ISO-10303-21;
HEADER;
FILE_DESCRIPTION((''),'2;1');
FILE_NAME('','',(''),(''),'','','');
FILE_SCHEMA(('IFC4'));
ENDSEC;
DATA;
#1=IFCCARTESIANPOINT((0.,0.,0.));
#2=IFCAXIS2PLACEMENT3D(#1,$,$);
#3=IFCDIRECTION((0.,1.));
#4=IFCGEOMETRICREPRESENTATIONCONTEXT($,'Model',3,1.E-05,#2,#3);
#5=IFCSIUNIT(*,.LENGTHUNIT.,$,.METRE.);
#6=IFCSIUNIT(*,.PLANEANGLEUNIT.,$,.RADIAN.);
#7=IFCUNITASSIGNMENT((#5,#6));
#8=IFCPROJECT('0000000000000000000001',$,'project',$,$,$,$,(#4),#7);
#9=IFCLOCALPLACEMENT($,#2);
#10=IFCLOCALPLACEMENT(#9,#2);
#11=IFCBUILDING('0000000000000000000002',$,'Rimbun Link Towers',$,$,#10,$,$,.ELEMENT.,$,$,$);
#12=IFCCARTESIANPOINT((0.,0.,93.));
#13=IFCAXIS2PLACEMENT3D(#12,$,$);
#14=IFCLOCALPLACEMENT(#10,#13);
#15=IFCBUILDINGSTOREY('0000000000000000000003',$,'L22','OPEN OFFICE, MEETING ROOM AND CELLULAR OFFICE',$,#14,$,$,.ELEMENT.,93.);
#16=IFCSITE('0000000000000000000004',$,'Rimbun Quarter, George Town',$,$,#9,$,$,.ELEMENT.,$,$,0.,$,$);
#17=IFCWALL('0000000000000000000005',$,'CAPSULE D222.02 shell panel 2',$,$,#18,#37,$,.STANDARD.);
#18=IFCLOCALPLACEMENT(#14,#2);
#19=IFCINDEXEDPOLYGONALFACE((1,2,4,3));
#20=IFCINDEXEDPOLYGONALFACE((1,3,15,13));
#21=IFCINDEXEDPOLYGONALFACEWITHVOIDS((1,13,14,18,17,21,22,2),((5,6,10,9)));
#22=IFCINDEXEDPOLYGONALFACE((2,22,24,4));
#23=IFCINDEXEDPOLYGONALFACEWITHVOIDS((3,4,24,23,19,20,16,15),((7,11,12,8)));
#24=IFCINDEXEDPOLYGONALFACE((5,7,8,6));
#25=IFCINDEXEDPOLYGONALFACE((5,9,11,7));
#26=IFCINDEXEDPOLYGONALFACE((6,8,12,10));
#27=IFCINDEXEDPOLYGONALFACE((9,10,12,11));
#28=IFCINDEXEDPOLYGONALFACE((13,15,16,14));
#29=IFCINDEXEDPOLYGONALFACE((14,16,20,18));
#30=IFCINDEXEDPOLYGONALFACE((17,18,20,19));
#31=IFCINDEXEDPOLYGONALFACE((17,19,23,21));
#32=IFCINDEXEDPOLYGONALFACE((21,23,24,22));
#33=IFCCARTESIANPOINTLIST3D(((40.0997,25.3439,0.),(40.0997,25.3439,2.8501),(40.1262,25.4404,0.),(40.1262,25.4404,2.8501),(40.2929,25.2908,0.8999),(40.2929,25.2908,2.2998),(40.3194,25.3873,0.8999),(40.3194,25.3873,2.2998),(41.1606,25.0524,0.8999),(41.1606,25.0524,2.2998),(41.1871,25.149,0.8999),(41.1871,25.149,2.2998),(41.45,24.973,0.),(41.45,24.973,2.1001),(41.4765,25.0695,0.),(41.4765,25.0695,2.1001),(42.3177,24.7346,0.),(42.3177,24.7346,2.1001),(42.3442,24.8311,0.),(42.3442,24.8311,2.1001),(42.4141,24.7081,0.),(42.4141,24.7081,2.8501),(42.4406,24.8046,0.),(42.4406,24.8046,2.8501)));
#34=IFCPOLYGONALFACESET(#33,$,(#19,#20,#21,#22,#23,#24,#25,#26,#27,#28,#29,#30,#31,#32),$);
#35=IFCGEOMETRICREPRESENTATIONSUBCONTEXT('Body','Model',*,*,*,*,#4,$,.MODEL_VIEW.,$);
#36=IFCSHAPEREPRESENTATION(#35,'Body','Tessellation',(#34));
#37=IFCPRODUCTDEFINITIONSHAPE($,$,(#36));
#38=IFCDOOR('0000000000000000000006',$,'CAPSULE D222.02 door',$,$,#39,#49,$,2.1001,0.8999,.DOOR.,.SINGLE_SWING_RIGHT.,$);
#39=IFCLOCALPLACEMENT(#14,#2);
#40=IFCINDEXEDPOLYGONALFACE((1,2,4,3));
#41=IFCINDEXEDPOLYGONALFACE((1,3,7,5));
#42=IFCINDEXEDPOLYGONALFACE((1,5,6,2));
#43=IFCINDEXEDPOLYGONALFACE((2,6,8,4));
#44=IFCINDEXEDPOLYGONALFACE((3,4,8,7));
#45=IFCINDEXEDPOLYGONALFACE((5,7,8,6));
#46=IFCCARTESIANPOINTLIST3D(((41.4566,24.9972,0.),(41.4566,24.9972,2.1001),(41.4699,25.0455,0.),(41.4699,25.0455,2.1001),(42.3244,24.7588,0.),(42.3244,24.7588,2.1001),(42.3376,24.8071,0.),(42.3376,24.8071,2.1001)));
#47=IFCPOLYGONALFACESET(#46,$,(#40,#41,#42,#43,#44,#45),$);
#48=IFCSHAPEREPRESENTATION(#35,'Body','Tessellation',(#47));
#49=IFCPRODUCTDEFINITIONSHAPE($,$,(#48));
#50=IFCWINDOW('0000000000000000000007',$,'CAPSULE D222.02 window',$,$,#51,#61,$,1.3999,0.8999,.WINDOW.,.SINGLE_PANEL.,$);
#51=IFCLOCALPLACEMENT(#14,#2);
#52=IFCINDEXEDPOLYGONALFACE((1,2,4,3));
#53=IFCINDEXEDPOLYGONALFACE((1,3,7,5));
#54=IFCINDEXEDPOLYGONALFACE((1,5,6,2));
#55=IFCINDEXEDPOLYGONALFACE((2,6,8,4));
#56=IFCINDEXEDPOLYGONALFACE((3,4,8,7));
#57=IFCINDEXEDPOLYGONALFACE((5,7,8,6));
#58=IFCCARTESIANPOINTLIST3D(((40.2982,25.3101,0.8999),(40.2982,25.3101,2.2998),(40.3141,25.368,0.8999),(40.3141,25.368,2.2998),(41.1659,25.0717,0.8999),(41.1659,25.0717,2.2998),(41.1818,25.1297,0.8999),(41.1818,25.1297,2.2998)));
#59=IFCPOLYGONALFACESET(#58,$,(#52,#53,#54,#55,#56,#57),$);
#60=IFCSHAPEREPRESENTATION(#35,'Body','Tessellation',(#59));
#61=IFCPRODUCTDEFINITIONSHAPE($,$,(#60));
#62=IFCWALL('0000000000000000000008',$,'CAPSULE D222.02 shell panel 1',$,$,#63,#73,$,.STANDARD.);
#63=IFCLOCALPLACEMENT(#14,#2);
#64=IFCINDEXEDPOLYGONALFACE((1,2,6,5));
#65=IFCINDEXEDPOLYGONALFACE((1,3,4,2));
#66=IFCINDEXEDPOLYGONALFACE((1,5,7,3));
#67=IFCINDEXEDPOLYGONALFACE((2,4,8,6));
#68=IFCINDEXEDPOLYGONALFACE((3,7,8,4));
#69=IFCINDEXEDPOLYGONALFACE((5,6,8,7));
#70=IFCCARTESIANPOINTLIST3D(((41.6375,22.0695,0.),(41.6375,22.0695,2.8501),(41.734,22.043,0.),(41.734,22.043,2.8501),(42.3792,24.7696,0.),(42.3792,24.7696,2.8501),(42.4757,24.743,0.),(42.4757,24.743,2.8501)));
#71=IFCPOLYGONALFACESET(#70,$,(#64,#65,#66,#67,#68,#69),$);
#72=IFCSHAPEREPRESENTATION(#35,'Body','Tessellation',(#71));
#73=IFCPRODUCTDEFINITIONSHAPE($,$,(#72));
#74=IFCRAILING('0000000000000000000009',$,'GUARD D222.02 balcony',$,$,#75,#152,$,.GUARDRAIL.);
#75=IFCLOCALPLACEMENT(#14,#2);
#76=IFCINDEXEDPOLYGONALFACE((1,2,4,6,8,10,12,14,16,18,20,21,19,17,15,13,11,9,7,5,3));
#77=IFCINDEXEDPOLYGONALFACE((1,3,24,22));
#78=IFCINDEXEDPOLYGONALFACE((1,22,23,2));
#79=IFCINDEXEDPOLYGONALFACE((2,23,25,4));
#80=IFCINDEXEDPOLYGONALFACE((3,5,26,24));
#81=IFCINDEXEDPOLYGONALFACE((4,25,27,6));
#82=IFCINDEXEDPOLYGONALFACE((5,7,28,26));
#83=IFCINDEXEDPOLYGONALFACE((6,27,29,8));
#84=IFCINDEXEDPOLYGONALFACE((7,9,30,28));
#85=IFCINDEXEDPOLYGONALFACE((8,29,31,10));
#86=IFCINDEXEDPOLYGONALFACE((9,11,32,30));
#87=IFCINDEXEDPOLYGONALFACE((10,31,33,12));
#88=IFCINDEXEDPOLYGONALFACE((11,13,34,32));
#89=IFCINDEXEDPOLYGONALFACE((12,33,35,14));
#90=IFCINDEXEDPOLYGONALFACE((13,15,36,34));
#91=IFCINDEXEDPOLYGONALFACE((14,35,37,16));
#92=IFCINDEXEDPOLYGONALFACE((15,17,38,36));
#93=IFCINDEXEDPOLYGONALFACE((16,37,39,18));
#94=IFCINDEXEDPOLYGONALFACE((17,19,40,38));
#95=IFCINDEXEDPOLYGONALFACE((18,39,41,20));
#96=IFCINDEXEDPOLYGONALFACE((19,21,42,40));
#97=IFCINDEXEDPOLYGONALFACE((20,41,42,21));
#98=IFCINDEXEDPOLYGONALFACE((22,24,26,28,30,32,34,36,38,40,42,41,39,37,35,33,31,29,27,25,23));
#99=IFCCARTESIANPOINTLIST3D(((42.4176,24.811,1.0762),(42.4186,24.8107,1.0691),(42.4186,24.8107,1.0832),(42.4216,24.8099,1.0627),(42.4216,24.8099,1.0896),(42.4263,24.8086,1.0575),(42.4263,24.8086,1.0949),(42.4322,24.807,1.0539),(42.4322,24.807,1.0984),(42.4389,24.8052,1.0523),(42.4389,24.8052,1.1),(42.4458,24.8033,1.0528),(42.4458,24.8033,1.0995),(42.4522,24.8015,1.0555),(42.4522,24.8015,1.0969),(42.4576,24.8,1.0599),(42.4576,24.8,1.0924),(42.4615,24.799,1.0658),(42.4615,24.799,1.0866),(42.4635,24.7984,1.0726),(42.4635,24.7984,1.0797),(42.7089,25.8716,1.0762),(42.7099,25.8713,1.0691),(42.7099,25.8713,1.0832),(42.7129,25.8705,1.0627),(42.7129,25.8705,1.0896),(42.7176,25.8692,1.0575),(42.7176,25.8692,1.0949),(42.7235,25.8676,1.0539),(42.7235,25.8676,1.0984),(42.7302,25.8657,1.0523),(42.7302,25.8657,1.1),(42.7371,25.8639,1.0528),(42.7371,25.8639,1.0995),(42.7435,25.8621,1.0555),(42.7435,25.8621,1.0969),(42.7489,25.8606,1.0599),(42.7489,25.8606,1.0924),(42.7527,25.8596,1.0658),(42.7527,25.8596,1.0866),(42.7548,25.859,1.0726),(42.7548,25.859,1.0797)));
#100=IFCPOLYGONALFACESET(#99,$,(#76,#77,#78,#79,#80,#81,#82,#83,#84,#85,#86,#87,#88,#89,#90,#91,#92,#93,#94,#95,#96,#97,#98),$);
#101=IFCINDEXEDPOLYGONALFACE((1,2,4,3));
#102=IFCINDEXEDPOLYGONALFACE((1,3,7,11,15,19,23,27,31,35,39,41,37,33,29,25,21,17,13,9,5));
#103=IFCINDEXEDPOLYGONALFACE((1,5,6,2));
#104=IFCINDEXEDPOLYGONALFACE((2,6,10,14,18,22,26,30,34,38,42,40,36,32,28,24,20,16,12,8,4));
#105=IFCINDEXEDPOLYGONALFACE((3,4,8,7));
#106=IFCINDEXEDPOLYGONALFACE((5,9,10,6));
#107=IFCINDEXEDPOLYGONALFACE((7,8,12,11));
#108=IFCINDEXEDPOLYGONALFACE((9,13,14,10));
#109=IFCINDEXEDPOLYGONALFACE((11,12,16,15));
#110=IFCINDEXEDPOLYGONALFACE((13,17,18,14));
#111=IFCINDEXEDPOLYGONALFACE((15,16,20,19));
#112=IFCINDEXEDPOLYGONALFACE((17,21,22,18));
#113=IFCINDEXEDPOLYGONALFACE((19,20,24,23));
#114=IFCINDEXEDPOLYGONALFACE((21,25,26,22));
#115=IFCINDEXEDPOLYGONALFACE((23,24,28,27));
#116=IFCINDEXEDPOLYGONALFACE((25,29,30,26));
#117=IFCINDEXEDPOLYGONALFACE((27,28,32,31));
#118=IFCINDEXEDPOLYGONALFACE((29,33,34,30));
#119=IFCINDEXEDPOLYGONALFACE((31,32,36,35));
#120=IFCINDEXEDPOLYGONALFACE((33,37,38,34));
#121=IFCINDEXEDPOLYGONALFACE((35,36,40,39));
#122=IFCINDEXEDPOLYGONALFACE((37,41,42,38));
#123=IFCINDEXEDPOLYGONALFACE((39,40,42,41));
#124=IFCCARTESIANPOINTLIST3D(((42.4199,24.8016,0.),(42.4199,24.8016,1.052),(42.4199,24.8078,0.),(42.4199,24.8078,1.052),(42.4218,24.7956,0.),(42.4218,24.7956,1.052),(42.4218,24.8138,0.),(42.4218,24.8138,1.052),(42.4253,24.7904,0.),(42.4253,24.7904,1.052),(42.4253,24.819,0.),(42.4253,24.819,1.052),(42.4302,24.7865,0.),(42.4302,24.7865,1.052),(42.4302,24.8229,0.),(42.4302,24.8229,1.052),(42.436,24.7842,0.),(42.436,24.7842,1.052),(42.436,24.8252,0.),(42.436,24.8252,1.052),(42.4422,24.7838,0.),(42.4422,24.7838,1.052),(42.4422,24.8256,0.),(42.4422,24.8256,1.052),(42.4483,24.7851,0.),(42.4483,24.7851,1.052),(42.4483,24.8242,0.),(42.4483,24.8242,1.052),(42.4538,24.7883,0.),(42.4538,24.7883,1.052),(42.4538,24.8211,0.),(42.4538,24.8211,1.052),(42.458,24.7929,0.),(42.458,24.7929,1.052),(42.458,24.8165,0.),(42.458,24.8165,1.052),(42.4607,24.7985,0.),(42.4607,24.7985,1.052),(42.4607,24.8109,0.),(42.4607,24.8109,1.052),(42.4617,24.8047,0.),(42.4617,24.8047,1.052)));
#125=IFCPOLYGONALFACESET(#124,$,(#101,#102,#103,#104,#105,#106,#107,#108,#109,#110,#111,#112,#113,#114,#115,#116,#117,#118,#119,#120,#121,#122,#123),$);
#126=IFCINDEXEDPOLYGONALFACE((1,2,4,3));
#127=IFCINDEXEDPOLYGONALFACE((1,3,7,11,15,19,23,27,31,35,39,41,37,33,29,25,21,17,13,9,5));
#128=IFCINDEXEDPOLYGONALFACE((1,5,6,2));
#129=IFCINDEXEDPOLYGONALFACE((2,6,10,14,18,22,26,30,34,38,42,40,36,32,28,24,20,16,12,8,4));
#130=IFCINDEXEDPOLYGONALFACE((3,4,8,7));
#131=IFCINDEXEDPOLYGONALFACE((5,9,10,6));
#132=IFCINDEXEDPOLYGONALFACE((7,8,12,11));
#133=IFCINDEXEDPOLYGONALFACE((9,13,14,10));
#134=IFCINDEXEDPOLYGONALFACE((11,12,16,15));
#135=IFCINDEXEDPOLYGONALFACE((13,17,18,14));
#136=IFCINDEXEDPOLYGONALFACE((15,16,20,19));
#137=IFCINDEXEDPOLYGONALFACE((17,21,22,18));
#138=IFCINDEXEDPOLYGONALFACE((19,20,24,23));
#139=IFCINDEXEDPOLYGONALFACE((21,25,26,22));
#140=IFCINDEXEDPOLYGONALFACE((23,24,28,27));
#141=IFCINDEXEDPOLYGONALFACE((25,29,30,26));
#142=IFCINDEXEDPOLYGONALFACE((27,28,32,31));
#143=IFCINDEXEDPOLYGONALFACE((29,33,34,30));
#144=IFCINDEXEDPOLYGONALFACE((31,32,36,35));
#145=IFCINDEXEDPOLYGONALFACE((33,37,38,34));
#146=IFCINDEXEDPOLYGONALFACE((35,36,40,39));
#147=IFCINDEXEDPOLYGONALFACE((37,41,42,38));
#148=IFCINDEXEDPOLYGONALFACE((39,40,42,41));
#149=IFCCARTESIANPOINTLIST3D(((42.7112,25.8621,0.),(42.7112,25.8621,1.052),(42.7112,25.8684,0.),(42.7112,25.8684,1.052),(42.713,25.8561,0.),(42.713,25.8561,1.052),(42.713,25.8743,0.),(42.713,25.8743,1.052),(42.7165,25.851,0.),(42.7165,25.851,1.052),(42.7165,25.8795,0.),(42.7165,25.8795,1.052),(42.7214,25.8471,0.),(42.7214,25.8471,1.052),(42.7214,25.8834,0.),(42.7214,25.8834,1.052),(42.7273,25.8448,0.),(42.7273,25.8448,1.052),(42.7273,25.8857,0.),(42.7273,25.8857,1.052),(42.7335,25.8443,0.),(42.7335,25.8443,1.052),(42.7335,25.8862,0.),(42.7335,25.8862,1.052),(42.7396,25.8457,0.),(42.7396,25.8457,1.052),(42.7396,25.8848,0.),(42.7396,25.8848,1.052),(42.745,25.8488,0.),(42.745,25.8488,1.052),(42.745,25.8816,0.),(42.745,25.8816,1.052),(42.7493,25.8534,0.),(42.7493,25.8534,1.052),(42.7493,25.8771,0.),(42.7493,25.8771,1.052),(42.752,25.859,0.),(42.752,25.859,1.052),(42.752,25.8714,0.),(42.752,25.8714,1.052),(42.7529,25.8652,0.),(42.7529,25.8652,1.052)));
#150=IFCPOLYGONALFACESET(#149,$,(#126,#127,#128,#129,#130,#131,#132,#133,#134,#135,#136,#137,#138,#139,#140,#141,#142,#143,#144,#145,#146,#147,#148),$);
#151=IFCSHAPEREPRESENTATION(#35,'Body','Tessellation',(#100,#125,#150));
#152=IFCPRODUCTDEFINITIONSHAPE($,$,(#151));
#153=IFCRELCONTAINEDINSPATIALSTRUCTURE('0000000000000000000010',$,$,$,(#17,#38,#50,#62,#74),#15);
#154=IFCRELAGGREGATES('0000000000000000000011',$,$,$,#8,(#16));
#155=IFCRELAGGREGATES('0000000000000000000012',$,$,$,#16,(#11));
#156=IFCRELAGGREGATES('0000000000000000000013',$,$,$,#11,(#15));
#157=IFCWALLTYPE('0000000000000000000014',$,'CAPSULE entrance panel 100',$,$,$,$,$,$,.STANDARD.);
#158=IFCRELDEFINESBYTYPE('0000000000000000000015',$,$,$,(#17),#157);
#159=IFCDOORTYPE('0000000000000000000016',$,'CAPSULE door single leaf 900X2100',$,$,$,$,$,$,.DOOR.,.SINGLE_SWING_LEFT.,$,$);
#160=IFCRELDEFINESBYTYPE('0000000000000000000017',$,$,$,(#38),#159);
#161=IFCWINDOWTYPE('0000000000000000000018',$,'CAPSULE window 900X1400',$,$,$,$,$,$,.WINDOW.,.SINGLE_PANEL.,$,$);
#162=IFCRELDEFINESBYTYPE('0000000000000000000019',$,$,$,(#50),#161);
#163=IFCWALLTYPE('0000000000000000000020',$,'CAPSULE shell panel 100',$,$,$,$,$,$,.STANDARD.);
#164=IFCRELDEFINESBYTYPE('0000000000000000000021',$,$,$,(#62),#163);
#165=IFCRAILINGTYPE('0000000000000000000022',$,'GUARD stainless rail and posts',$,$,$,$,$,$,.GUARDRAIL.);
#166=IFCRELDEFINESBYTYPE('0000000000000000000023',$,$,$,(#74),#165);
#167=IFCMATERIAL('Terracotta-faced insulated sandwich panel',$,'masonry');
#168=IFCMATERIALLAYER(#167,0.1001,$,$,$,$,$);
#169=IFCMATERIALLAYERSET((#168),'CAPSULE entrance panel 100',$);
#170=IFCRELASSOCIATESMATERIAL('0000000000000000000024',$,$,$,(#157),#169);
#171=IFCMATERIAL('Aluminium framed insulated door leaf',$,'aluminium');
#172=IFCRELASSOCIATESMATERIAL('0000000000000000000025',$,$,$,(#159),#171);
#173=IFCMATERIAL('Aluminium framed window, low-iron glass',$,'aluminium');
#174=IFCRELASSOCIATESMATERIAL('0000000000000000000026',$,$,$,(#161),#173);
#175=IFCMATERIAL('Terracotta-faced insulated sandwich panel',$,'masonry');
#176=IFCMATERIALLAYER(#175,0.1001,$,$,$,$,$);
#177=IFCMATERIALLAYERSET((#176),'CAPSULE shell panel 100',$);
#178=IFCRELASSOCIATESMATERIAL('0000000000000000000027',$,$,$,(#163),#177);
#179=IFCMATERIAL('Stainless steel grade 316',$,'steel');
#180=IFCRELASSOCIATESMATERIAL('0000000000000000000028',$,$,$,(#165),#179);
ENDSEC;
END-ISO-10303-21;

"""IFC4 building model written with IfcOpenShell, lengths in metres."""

from ifc_helpers import new_model, si_unit, direction, frame, frame_2d, origin, origin_2d, place, context, subcontext, project, spatial, rectangle, circle, extrude, material, layer, layer_set, type_object, element, fill, save


model = new_model("IFC4")

# Units and contexts
model_context = context("Model", 3, precision=1e-05, world=origin(), true_north=direction((0.0, 1.0)))
body_context = subcontext(model_context, "Body", "Model", "MODEL_VIEW")
ifc_project = project(units=[si_unit("LENGTHUNIT", "METRE"), si_unit("PLANEANGLEUNIT", "RADIAN")], contexts=[model_context])

# Site, building, storey
site_placement = place(None, origin())
site = spatial("IfcSite", under=ifc_project, at=site_placement, Name="Rimbun Quarter, George Town", CompositionType="ELEMENT", RefElevation=0.0)
building_placement = place(site_placement, origin())
building = spatial("IfcBuilding", under=site, at=building_placement, Name="Rimbun Link Towers", CompositionType="ELEMENT")
storey_placement = place(building_placement, frame((0.0, 0.0, 93.0)))
storey = spatial("IfcBuildingStorey", under=building, at=storey_placement, Name="L22", Description="OPEN OFFICE, MEETING ROOM AND CELLULAR OFFICE", CompositionType="ELEMENT", Elevation=93.0)

# Wall, openings, door, window
ifc_material_1 = material(Name="Terracotta-faced insulated sandwich panel", Category="masonry")
ifc_layer_1 = layer(ifc_material_1, 0.1001)
ifc_layer_set_1 = layer_set([ifc_layer_1], Name="CAPSULE entrance panel 100")
wall_type_1 = type_object("IfcWallType", Name="CAPSULE entrance panel 100", PredefinedType="STANDARD", material=ifc_layer_set_1)
wall_1_placement = place(storey_placement, frame((42.4275, 24.7563, 0.0), z_axis=(0.0, 0.0, 1.0), x_axis=(-0.964283, 0.264873, 0.0)))
wall_1 = element("IfcWall", 1, at=wall_1_placement, inside=storey, type_object=wall_type_1, Name="CAPSULE D222.02 shell panel 2", PredefinedType="STANDARD", context=body_context, shape_type="SweptSolid", body=[
    extrude(rectangle(XDim=2.4001, YDim=0.1001, at=frame_2d((1.2002, 0.0))), origin(), (0.0, 0.0, 1.0), 2.8501),
])
opening_1_placement = place(wall_1_placement, frame((0.1001, 0.0, 0.0)))
opening_1 = element("IfcOpeningElement", 2, at=opening_1_placement, cuts=wall_1, PredefinedType="OPENING", context=body_context, shape_type="SweptSolid", body=[
    extrude(rectangle(XDim=0.8999, YDim=2.1001, at=frame_2d((0.45, 1.05))), frame((0.0, 0.0601, 0.0), z_axis=(0.0, -1.0, 0.0), x_axis=(1.0, 0.0, 0.0)), (0.0, 0.0, 1.0), 0.1201),
])
opening_2_placement = place(wall_1_placement, frame((1.3, 0.0, 0.8999)))
opening_2 = element("IfcOpeningElement", 3, at=opening_2_placement, cuts=wall_1, PredefinedType="OPENING", context=body_context, shape_type="SweptSolid", body=[
    extrude(rectangle(XDim=0.8999, YDim=1.3999, at=frame_2d((0.45, 0.7))), frame((0.0, 0.0601, 0.0), z_axis=(0.0, -1.0, 0.0), x_axis=(1.0, 0.0, 0.0)), (0.0, 0.0, 1.0), 0.1201),
])
ifc_material_2 = material(Name="Aluminium framed insulated door leaf", Category="aluminium")
door_type = type_object("IfcDoorType", Name="CAPSULE door single leaf 900X2100", OperationType="SINGLE_SWING_LEFT", PredefinedType="DOOR", material=ifc_material_2)
door_placement = place(opening_1_placement, origin())
door = element("IfcDoor", 4, at=door_placement, inside=storey, type_object=door_type, Name="CAPSULE D222.02 door", OperationType="SINGLE_SWING_RIGHT", OverallHeight=2.1001, OverallWidth=0.8999, PredefinedType="DOOR", context=body_context, shape_type="SweptSolid", body=[
    extrude(rectangle(XDim=0.8999, YDim=2.1001, at=frame_2d((0.45, 1.05))), frame((0.0, 0.0249, 0.0), z_axis=(0.0, -1.0, 0.0), x_axis=(1.0, 0.0, 0.0)), (0.0, 0.0, 1.0), 0.05),
])
fill(opening_1, door)
ifc_material_3 = material(Name="Aluminium framed window, low-iron glass", Category="aluminium")
window_type = type_object("IfcWindowType", Name="CAPSULE window 900X1400", PartitioningType="SINGLE_PANEL", PredefinedType="WINDOW", material=ifc_material_3)
window_placement = place(opening_2_placement, origin())
window = element("IfcWindow", 5, at=window_placement, inside=storey, type_object=window_type, Name="CAPSULE D222.02 window", OverallHeight=1.3999, OverallWidth=0.8999, PartitioningType="SINGLE_PANEL", PredefinedType="WINDOW", context=body_context, shape_type="SweptSolid", body=[
    extrude(rectangle(XDim=0.8999, YDim=1.3999, at=frame_2d((0.45, 0.7))), frame((0.0, 0.03, 0.0), z_axis=(0.0, -1.0, 0.0), x_axis=(1.0, 0.0, 0.0)), (0.0, 0.0, 1.0), 0.0601),
])
fill(opening_2, window)

# Wall
ifc_material_4 = material(Name="Terracotta-faced insulated sandwich panel", Category="masonry")
ifc_layer_2 = layer(ifc_material_4, 0.1001)
ifc_layer_set_2 = layer_set([ifc_layer_2], Name="CAPSULE shell panel 100")
wall_type_2 = type_object("IfcWallType", Name="CAPSULE shell panel 100", PredefinedType="STANDARD", material=ifc_layer_set_2)
wall_2_placement = place(storey_placement, frame((41.6858, 22.0564, 0.0), z_axis=(0.0, 0.0, 1.0), x_axis=(0.264895, 0.964277, 0.0)))
element("IfcWall", 6, at=wall_2_placement, inside=storey, type_object=wall_type_2, Name="CAPSULE D222.02 shell panel 1", PredefinedType="STANDARD", context=body_context, shape_type="SweptSolid", body=[
    extrude(rectangle(XDim=2.8, YDim=0.1001, at=frame_2d((1.3999, 0.0))), origin(), (0.0, 0.0, 1.0), 2.8501),
])

# Railing
ifc_material_5 = material(Name="Stainless steel grade 316", Category="steel")
railing_type = type_object("IfcRailingType", Name="GUARD stainless rail and posts", PredefinedType="GUARDRAIL", material=ifc_material_5)
railing_1_placement = place(storey_placement, frame((42.4407, 24.8047, 0.0)))
element("IfcRailing", 7, at=railing_1_placement, inside=storey, type_object=railing_type, Name="GUARD D222.02 balcony", PredefinedType="GUARDRAIL", context=body_context, shape_type="SweptSolid", body=[
    extrude(circle(Radius=0.0239, at=origin_2d()), frame((0.0, 0.0, 1.0762), z_axis=(0.264826, 0.964296, 0.0), x_axis=(-0.964296, 0.264826, 0.0)), (0.0, 0.0, 1.0), 1.0999),
    extrude(circle(Radius=0.021, at=origin_2d()), origin(), (0.0, 0.0, 1.0), 1.052),
    extrude(circle(Radius=0.021, at=origin_2d()), frame((0.2913, 1.0605, 0.0)), (0.0, 0.0, 1.0), 1.052),
])

save(model, "model.ifc")
